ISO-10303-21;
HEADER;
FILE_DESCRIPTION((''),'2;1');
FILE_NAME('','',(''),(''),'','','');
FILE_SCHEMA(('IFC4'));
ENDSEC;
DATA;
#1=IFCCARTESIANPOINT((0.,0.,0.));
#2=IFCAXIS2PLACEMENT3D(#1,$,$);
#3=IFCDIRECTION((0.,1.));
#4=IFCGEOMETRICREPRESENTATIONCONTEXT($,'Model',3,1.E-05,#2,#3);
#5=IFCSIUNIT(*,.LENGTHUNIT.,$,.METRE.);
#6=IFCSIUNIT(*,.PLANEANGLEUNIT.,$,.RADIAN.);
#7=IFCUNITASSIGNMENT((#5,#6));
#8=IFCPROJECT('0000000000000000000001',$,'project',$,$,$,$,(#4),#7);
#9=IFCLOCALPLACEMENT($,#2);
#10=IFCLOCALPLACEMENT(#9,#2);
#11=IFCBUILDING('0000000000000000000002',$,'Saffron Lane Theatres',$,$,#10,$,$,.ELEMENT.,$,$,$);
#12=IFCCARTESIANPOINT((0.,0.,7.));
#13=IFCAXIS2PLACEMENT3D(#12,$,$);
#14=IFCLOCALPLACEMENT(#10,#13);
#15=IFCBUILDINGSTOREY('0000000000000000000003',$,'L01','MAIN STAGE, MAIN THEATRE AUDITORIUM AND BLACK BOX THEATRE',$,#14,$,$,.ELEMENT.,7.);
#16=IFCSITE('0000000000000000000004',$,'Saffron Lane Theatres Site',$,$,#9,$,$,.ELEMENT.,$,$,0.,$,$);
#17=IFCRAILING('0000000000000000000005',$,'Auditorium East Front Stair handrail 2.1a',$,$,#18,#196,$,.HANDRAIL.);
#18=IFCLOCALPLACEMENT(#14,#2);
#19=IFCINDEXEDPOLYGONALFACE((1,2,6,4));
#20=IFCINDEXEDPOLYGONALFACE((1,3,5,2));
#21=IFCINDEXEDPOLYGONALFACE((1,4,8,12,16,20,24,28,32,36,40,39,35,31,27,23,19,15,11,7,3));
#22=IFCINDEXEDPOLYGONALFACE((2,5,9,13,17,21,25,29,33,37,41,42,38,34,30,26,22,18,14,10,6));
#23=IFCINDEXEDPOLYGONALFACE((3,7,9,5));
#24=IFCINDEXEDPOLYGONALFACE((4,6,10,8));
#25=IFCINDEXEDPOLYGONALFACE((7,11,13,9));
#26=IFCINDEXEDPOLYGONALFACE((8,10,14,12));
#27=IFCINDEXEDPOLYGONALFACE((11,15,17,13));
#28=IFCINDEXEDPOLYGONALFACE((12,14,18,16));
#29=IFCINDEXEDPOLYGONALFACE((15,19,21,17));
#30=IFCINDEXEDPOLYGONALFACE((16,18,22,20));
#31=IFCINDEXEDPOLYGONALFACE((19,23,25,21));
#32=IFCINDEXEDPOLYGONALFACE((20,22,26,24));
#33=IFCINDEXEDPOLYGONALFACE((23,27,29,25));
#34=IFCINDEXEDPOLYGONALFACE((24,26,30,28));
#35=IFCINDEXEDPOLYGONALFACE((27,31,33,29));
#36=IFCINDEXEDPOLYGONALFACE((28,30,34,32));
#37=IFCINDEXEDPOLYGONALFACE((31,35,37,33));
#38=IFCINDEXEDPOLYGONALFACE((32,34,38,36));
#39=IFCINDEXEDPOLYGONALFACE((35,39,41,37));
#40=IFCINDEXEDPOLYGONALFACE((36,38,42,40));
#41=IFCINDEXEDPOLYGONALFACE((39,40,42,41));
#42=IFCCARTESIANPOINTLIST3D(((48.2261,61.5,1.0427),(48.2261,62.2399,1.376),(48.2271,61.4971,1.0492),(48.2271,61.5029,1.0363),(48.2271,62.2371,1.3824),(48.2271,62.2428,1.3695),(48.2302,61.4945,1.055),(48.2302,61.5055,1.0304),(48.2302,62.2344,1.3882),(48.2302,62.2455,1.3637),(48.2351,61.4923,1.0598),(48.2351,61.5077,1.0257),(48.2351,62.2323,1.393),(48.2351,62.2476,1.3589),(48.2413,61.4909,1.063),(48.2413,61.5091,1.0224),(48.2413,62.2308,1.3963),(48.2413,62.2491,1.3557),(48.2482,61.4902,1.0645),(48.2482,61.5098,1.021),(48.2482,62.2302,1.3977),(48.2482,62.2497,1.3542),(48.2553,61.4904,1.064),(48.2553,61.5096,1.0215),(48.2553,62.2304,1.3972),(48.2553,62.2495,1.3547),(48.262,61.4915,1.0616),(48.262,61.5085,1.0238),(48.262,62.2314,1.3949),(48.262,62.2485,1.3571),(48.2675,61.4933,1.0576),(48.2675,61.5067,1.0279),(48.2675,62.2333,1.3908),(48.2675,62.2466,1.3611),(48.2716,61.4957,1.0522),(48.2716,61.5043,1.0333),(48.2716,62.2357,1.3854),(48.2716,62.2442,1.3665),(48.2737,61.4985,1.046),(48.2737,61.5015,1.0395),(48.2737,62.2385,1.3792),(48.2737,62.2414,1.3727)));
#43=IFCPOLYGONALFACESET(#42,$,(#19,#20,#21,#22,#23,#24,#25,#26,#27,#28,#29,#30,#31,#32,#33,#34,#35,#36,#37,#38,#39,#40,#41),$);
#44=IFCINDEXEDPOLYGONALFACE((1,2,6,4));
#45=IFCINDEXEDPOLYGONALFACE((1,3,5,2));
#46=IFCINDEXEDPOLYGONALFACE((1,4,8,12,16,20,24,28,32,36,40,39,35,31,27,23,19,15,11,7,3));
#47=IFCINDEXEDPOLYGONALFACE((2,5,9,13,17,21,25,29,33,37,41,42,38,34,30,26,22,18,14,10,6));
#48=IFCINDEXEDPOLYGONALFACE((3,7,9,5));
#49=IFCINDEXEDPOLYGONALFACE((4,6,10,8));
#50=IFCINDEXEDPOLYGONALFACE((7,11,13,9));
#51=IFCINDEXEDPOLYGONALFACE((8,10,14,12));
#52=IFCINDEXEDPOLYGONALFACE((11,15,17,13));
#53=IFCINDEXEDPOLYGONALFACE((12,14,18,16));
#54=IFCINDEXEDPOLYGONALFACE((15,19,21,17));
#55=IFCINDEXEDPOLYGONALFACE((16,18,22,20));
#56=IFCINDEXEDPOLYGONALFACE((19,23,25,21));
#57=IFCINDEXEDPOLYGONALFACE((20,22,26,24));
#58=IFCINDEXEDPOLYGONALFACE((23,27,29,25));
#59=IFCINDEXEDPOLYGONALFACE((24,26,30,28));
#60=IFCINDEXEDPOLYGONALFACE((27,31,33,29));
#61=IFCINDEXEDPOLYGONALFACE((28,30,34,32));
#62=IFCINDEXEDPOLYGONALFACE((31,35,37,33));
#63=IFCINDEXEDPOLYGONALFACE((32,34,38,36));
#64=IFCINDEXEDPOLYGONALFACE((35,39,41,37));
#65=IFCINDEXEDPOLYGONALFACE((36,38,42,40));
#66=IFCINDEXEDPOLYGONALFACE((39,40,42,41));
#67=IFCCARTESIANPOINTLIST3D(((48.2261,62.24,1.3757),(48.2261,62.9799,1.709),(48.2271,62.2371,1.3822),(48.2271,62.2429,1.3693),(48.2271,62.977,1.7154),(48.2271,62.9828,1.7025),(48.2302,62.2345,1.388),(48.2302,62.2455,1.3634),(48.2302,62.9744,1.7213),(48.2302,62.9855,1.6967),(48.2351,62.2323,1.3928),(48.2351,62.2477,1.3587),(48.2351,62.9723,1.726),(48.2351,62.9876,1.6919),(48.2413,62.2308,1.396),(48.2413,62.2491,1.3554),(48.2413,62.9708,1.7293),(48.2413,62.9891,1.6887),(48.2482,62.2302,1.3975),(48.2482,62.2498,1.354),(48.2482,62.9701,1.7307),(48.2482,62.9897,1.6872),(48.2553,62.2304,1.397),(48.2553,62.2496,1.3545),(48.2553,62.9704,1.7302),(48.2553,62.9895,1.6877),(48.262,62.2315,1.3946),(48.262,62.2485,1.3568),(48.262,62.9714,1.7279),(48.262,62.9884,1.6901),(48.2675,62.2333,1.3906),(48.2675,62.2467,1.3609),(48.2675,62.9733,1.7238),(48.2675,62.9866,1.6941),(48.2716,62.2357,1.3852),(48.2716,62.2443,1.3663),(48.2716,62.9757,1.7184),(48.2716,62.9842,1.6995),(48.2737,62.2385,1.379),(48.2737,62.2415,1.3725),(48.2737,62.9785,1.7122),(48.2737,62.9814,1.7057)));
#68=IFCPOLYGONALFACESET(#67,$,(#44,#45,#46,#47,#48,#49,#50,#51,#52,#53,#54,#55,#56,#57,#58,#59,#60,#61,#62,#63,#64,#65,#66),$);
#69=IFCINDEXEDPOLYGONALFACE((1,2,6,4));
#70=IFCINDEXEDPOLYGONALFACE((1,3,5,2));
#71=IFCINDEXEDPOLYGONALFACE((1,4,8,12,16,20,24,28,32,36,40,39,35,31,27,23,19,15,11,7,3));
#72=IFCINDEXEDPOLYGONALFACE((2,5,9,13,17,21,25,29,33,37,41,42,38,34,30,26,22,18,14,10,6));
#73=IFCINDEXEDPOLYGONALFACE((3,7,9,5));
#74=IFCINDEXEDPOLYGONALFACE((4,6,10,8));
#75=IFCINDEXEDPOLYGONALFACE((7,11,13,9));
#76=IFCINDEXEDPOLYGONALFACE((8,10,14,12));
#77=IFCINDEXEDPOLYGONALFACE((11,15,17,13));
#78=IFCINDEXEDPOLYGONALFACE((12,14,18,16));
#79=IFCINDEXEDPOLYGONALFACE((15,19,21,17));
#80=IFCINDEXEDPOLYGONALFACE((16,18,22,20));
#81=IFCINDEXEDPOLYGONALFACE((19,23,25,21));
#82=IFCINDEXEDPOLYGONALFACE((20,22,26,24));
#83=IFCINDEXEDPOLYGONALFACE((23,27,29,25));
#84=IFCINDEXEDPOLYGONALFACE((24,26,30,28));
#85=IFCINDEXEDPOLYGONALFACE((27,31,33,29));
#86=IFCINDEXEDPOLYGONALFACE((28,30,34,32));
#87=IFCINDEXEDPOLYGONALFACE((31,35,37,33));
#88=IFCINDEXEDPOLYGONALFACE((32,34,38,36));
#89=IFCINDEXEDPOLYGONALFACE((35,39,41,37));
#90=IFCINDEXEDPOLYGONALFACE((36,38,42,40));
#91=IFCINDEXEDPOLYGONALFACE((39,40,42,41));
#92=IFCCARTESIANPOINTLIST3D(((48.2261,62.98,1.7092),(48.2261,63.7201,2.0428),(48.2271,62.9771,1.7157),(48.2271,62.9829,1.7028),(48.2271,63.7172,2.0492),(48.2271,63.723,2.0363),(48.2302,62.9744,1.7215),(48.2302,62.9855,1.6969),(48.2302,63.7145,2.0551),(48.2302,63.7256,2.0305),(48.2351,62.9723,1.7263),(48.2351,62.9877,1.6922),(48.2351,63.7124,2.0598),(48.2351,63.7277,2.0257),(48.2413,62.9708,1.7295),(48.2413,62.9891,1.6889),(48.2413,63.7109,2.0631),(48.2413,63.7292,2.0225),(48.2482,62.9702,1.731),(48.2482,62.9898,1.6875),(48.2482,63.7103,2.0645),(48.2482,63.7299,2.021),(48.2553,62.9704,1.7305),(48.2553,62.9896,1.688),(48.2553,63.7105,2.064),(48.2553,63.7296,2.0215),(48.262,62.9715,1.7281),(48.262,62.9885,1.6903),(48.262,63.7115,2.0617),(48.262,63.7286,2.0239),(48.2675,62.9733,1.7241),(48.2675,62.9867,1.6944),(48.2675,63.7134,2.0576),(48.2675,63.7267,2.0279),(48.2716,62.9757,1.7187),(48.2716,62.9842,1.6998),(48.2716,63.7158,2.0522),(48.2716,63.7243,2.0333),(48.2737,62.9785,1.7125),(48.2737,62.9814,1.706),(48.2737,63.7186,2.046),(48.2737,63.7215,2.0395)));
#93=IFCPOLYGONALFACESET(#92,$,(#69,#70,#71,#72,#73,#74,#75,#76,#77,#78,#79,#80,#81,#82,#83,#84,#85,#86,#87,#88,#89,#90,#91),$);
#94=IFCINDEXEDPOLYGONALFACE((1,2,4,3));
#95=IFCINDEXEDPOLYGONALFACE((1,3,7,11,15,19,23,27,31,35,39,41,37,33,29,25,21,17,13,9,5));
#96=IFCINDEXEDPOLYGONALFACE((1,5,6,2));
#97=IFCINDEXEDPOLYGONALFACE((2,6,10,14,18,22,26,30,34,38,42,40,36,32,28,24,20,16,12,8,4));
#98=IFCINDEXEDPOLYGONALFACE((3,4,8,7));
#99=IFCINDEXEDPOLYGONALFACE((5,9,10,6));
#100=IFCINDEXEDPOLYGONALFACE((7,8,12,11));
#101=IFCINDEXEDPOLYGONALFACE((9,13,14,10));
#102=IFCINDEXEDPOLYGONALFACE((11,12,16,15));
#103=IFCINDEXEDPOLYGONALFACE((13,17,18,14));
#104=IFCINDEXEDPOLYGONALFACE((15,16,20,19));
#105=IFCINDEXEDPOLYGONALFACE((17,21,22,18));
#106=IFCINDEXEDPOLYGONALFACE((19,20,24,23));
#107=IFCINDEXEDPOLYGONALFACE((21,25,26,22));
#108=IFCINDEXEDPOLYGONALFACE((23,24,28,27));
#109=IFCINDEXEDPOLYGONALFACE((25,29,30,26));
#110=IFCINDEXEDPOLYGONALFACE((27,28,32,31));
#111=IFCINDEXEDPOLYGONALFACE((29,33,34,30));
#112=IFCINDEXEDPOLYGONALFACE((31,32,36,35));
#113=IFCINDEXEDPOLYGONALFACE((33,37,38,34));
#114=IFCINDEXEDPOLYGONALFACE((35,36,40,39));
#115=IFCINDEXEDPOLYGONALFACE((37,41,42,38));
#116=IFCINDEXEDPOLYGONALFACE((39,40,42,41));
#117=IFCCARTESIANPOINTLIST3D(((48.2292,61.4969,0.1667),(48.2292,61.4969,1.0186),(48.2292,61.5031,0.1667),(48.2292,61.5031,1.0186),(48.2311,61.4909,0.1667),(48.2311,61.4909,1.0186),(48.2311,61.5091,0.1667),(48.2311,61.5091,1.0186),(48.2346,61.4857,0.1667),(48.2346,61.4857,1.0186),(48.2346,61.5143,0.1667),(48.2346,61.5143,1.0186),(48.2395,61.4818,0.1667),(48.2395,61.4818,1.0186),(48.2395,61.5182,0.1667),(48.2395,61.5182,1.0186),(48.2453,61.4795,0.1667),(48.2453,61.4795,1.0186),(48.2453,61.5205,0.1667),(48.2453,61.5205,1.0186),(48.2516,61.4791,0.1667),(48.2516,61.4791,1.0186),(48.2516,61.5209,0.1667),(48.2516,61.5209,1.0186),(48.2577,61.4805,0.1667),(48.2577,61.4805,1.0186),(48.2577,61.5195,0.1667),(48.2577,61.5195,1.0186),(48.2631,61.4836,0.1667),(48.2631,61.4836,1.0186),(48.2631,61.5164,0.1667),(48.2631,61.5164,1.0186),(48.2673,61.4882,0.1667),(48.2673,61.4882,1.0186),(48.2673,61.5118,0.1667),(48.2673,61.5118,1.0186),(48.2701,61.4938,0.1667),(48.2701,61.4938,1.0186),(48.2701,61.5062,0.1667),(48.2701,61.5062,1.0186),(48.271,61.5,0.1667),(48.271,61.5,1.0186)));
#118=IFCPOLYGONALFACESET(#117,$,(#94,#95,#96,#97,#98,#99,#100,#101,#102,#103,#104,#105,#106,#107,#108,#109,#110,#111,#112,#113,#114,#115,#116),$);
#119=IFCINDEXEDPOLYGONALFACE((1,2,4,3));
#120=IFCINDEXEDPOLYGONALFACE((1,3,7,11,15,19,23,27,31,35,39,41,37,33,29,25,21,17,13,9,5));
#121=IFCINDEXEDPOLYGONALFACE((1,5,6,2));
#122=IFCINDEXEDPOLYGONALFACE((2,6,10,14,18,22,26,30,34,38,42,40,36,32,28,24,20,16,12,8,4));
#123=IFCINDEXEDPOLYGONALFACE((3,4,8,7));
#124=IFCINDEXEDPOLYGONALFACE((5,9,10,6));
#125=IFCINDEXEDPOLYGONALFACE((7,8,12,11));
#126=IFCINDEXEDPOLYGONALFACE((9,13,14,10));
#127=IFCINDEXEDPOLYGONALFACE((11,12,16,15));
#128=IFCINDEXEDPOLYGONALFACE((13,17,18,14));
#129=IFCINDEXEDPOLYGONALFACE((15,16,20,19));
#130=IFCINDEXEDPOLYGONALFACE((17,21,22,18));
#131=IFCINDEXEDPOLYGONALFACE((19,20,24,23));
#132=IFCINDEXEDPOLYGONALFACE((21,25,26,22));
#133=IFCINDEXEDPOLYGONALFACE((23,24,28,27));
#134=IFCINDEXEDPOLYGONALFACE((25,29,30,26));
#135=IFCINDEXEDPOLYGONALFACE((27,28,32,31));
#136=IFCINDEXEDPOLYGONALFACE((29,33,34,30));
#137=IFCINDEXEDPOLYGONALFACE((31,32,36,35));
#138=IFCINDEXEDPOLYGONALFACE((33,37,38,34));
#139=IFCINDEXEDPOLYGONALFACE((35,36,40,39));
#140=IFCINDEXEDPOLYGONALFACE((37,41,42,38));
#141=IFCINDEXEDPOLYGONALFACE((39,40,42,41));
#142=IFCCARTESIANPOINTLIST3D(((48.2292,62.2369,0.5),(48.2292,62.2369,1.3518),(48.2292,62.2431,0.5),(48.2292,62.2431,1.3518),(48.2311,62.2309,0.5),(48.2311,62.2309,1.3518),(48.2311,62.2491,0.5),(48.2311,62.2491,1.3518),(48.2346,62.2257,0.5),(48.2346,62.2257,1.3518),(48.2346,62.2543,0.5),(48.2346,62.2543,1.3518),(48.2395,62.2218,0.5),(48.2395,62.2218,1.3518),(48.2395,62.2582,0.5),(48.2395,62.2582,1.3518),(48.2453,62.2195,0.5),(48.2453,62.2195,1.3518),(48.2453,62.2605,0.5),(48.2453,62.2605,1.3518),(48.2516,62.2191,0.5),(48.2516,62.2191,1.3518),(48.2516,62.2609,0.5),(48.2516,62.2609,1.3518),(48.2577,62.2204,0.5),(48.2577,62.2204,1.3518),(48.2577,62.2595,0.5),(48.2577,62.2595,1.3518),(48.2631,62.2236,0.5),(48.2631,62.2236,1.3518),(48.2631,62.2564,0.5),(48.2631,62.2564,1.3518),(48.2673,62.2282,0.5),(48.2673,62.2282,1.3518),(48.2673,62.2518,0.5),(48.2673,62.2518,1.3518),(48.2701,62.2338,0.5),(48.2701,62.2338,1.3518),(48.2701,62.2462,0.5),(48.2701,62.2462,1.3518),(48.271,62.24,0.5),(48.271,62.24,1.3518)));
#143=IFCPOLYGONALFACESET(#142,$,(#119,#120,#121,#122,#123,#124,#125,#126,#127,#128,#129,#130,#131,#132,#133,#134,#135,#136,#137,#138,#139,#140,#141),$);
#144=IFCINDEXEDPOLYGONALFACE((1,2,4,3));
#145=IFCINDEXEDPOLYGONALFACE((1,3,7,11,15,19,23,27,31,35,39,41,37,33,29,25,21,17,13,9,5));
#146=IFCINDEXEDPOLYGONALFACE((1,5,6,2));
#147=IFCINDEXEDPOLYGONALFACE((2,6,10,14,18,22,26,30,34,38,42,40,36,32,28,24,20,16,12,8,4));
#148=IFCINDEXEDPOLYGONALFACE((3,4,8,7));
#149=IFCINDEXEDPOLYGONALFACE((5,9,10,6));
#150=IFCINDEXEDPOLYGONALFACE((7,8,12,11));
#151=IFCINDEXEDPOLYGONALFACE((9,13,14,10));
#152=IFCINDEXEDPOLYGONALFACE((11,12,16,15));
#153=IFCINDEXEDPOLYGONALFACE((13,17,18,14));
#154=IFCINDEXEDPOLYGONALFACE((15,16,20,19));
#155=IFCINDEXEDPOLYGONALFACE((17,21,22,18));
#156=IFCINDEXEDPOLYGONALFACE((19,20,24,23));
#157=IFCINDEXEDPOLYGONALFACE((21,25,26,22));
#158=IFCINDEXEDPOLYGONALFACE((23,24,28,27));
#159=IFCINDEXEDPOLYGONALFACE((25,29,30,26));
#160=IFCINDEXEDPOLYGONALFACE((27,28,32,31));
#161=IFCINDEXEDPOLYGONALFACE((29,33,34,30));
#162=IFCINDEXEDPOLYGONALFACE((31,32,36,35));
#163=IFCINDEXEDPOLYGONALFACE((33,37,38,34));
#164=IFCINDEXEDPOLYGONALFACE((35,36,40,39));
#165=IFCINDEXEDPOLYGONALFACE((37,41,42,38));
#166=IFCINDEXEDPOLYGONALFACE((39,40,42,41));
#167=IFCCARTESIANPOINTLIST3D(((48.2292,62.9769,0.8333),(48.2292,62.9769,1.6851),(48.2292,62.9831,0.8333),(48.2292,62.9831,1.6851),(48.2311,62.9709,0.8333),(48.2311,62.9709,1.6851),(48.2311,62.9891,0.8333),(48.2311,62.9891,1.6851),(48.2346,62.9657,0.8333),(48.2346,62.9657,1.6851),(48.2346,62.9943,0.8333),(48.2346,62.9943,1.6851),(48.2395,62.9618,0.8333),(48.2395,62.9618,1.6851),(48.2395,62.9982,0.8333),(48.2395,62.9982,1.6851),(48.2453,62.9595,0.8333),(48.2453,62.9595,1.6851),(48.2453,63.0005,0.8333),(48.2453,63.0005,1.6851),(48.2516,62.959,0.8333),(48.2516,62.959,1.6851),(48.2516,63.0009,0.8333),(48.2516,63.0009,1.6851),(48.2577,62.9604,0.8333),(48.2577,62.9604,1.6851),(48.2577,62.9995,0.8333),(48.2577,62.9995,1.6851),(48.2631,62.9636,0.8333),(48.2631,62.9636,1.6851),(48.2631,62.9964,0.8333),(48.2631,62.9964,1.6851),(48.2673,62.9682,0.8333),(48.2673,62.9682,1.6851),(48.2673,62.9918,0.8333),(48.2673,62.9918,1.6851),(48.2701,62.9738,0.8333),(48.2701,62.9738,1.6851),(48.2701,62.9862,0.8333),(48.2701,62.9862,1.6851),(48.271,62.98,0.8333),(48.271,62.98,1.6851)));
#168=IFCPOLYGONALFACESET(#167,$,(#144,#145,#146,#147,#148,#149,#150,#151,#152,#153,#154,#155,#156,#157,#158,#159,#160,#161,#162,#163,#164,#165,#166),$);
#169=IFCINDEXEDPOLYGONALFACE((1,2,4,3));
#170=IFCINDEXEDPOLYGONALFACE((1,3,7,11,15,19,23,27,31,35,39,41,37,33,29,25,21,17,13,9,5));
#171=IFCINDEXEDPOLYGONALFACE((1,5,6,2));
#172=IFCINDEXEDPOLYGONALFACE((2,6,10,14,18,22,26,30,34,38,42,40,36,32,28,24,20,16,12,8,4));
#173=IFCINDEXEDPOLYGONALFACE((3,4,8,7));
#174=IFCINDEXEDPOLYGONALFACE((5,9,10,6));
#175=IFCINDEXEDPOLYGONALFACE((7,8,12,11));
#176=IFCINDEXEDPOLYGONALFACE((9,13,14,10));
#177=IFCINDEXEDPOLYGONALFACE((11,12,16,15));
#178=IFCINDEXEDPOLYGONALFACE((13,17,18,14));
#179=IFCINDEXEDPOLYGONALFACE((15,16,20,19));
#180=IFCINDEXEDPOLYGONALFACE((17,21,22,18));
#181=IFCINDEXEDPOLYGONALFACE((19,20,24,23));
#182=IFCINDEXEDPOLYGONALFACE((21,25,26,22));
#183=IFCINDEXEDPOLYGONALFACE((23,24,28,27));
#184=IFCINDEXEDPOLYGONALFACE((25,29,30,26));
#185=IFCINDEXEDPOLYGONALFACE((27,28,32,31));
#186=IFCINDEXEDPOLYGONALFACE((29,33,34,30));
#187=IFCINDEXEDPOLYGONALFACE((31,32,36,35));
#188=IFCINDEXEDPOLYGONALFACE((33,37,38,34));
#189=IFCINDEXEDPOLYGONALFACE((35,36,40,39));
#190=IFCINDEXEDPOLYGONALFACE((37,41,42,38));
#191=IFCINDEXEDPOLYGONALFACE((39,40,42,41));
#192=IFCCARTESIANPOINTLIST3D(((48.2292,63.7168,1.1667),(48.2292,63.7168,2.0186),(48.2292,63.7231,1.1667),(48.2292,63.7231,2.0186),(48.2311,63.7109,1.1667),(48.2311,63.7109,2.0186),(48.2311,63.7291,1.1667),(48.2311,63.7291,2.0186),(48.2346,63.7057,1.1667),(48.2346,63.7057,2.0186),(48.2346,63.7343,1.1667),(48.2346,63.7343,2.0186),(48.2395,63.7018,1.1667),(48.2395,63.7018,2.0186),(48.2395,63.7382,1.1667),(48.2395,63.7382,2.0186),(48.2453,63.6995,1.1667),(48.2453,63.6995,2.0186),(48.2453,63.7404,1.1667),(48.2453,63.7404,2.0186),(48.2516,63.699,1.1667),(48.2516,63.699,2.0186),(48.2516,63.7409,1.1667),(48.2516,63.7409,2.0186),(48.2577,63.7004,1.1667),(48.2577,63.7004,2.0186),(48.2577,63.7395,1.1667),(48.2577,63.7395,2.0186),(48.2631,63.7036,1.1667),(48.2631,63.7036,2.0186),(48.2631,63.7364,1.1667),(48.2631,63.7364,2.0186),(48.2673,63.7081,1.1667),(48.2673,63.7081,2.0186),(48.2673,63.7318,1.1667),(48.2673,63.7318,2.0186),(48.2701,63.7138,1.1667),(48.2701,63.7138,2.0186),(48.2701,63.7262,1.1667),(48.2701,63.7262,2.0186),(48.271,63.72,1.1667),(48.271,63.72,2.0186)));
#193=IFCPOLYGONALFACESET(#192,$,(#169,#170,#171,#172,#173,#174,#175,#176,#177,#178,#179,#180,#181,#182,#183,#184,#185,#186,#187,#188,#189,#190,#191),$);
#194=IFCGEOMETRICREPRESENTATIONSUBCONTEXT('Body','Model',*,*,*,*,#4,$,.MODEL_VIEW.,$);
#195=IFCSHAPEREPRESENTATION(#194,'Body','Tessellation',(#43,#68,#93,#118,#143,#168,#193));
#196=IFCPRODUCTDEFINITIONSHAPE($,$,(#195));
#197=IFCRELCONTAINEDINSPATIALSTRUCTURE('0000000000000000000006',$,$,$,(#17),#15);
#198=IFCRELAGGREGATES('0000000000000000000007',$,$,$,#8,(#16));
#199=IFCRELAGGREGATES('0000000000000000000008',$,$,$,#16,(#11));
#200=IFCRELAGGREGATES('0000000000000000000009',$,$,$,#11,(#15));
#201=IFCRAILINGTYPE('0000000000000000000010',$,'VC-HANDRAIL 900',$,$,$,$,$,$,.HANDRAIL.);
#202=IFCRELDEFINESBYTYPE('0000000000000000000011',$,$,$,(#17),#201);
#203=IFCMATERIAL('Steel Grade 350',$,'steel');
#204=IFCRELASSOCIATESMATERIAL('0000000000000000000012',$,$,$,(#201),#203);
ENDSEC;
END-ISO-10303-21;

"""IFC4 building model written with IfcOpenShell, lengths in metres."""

from ifc_helpers import new_model, si_unit, direction, frame, origin, origin_2d, place, context, subcontext, project, spatial, circle, extrude, material, type_object, element, save


model = new_model("IFC4")

# Units and contexts
model_context = context("Model", 3, precision=1e-05, world=origin(), true_north=direction((0.0, 1.0)))
body_context = subcontext(model_context, "Body", "Model", "MODEL_VIEW")
ifc_project = project(units=[si_unit("LENGTHUNIT", "METRE"), si_unit("PLANEANGLEUNIT", "RADIAN")], contexts=[model_context])

# Site, building, storey
site_placement = place(None, origin())
site = spatial("IfcSite", under=ifc_project, at=site_placement, Name="Saffron Lane Theatres Site", CompositionType="ELEMENT", RefElevation=0.0)
building_placement = place(site_placement, origin())
building = spatial("IfcBuilding", under=site, at=building_placement, Name="Saffron Lane Theatres", CompositionType="ELEMENT")
storey_placement = place(building_placement, frame((0.0, 0.0, 7.0)))
storey = spatial("IfcBuildingStorey", under=building, at=storey_placement, Name="L01", Description="MAIN STAGE, MAIN THEATRE AUDITORIUM AND BLACK BOX THEATRE", CompositionType="ELEMENT", Elevation=7.0)

# Railing
ifc_material_1 = material(Name="Steel Grade 350", Category="steel")
railing_type_1 = type_object("IfcRailingType", Name="VC-HANDRAIL 900", PredefinedType="HANDRAIL", material=ifc_material_1)
railing_1_placement = place(storey_placement, frame((48.25, 61.5, 0.1667)))
element("IfcRailing", 1, at=railing_1_placement, inside=storey, type_object=railing_type_1, Name="Auditorium East Front Stair handrail 2.1a", PredefinedType="HANDRAIL", context=body_context, shape_type="SweptSolid", body=[
    extrude(circle(Radius=0.0239, at=origin_2d()), frame((0.0, 0.0, 0.876), z_axis=(0.0, 0.911803, 0.410627), x_axis=(-1.0, 0.0, 0.0)), (0.0, 0.0, 1.0), 0.8115),
    extrude(circle(Radius=0.0239, at=origin_2d()), frame((0.0, 0.74, 1.209), z_axis=(0.0, 0.911803, 0.410627), x_axis=(-1.0, 0.0, 0.0)), (0.0, 0.0, 1.0), 0.8115),
    extrude(circle(Radius=0.0239, at=origin_2d()), frame((0.0, 1.48, 1.5425), z_axis=(0.0, 0.911691, 0.410877), x_axis=(-1.0, 0.0, 0.0)), (0.0, 0.0, 1.0), 0.8118),
    extrude(circle(Radius=0.021, at=origin_2d()), origin(), (0.0, 0.0, 1.0), 0.8518),
    extrude(circle(Radius=0.021, at=origin_2d()), frame((0.0, 0.74, 0.3333)), (0.0, 0.0, 1.0), 0.8518),
    extrude(circle(Radius=0.021, at=origin_2d()), frame((0.0, 1.48, 0.6665)), (0.0, 0.0, 1.0), 0.8518),
    extrude(circle(Radius=0.021, at=origin_2d()), frame((0.0, 2.22, 1.0)), (0.0, 0.0, 1.0), 0.8518),
])

save(model, "model.ifc")
